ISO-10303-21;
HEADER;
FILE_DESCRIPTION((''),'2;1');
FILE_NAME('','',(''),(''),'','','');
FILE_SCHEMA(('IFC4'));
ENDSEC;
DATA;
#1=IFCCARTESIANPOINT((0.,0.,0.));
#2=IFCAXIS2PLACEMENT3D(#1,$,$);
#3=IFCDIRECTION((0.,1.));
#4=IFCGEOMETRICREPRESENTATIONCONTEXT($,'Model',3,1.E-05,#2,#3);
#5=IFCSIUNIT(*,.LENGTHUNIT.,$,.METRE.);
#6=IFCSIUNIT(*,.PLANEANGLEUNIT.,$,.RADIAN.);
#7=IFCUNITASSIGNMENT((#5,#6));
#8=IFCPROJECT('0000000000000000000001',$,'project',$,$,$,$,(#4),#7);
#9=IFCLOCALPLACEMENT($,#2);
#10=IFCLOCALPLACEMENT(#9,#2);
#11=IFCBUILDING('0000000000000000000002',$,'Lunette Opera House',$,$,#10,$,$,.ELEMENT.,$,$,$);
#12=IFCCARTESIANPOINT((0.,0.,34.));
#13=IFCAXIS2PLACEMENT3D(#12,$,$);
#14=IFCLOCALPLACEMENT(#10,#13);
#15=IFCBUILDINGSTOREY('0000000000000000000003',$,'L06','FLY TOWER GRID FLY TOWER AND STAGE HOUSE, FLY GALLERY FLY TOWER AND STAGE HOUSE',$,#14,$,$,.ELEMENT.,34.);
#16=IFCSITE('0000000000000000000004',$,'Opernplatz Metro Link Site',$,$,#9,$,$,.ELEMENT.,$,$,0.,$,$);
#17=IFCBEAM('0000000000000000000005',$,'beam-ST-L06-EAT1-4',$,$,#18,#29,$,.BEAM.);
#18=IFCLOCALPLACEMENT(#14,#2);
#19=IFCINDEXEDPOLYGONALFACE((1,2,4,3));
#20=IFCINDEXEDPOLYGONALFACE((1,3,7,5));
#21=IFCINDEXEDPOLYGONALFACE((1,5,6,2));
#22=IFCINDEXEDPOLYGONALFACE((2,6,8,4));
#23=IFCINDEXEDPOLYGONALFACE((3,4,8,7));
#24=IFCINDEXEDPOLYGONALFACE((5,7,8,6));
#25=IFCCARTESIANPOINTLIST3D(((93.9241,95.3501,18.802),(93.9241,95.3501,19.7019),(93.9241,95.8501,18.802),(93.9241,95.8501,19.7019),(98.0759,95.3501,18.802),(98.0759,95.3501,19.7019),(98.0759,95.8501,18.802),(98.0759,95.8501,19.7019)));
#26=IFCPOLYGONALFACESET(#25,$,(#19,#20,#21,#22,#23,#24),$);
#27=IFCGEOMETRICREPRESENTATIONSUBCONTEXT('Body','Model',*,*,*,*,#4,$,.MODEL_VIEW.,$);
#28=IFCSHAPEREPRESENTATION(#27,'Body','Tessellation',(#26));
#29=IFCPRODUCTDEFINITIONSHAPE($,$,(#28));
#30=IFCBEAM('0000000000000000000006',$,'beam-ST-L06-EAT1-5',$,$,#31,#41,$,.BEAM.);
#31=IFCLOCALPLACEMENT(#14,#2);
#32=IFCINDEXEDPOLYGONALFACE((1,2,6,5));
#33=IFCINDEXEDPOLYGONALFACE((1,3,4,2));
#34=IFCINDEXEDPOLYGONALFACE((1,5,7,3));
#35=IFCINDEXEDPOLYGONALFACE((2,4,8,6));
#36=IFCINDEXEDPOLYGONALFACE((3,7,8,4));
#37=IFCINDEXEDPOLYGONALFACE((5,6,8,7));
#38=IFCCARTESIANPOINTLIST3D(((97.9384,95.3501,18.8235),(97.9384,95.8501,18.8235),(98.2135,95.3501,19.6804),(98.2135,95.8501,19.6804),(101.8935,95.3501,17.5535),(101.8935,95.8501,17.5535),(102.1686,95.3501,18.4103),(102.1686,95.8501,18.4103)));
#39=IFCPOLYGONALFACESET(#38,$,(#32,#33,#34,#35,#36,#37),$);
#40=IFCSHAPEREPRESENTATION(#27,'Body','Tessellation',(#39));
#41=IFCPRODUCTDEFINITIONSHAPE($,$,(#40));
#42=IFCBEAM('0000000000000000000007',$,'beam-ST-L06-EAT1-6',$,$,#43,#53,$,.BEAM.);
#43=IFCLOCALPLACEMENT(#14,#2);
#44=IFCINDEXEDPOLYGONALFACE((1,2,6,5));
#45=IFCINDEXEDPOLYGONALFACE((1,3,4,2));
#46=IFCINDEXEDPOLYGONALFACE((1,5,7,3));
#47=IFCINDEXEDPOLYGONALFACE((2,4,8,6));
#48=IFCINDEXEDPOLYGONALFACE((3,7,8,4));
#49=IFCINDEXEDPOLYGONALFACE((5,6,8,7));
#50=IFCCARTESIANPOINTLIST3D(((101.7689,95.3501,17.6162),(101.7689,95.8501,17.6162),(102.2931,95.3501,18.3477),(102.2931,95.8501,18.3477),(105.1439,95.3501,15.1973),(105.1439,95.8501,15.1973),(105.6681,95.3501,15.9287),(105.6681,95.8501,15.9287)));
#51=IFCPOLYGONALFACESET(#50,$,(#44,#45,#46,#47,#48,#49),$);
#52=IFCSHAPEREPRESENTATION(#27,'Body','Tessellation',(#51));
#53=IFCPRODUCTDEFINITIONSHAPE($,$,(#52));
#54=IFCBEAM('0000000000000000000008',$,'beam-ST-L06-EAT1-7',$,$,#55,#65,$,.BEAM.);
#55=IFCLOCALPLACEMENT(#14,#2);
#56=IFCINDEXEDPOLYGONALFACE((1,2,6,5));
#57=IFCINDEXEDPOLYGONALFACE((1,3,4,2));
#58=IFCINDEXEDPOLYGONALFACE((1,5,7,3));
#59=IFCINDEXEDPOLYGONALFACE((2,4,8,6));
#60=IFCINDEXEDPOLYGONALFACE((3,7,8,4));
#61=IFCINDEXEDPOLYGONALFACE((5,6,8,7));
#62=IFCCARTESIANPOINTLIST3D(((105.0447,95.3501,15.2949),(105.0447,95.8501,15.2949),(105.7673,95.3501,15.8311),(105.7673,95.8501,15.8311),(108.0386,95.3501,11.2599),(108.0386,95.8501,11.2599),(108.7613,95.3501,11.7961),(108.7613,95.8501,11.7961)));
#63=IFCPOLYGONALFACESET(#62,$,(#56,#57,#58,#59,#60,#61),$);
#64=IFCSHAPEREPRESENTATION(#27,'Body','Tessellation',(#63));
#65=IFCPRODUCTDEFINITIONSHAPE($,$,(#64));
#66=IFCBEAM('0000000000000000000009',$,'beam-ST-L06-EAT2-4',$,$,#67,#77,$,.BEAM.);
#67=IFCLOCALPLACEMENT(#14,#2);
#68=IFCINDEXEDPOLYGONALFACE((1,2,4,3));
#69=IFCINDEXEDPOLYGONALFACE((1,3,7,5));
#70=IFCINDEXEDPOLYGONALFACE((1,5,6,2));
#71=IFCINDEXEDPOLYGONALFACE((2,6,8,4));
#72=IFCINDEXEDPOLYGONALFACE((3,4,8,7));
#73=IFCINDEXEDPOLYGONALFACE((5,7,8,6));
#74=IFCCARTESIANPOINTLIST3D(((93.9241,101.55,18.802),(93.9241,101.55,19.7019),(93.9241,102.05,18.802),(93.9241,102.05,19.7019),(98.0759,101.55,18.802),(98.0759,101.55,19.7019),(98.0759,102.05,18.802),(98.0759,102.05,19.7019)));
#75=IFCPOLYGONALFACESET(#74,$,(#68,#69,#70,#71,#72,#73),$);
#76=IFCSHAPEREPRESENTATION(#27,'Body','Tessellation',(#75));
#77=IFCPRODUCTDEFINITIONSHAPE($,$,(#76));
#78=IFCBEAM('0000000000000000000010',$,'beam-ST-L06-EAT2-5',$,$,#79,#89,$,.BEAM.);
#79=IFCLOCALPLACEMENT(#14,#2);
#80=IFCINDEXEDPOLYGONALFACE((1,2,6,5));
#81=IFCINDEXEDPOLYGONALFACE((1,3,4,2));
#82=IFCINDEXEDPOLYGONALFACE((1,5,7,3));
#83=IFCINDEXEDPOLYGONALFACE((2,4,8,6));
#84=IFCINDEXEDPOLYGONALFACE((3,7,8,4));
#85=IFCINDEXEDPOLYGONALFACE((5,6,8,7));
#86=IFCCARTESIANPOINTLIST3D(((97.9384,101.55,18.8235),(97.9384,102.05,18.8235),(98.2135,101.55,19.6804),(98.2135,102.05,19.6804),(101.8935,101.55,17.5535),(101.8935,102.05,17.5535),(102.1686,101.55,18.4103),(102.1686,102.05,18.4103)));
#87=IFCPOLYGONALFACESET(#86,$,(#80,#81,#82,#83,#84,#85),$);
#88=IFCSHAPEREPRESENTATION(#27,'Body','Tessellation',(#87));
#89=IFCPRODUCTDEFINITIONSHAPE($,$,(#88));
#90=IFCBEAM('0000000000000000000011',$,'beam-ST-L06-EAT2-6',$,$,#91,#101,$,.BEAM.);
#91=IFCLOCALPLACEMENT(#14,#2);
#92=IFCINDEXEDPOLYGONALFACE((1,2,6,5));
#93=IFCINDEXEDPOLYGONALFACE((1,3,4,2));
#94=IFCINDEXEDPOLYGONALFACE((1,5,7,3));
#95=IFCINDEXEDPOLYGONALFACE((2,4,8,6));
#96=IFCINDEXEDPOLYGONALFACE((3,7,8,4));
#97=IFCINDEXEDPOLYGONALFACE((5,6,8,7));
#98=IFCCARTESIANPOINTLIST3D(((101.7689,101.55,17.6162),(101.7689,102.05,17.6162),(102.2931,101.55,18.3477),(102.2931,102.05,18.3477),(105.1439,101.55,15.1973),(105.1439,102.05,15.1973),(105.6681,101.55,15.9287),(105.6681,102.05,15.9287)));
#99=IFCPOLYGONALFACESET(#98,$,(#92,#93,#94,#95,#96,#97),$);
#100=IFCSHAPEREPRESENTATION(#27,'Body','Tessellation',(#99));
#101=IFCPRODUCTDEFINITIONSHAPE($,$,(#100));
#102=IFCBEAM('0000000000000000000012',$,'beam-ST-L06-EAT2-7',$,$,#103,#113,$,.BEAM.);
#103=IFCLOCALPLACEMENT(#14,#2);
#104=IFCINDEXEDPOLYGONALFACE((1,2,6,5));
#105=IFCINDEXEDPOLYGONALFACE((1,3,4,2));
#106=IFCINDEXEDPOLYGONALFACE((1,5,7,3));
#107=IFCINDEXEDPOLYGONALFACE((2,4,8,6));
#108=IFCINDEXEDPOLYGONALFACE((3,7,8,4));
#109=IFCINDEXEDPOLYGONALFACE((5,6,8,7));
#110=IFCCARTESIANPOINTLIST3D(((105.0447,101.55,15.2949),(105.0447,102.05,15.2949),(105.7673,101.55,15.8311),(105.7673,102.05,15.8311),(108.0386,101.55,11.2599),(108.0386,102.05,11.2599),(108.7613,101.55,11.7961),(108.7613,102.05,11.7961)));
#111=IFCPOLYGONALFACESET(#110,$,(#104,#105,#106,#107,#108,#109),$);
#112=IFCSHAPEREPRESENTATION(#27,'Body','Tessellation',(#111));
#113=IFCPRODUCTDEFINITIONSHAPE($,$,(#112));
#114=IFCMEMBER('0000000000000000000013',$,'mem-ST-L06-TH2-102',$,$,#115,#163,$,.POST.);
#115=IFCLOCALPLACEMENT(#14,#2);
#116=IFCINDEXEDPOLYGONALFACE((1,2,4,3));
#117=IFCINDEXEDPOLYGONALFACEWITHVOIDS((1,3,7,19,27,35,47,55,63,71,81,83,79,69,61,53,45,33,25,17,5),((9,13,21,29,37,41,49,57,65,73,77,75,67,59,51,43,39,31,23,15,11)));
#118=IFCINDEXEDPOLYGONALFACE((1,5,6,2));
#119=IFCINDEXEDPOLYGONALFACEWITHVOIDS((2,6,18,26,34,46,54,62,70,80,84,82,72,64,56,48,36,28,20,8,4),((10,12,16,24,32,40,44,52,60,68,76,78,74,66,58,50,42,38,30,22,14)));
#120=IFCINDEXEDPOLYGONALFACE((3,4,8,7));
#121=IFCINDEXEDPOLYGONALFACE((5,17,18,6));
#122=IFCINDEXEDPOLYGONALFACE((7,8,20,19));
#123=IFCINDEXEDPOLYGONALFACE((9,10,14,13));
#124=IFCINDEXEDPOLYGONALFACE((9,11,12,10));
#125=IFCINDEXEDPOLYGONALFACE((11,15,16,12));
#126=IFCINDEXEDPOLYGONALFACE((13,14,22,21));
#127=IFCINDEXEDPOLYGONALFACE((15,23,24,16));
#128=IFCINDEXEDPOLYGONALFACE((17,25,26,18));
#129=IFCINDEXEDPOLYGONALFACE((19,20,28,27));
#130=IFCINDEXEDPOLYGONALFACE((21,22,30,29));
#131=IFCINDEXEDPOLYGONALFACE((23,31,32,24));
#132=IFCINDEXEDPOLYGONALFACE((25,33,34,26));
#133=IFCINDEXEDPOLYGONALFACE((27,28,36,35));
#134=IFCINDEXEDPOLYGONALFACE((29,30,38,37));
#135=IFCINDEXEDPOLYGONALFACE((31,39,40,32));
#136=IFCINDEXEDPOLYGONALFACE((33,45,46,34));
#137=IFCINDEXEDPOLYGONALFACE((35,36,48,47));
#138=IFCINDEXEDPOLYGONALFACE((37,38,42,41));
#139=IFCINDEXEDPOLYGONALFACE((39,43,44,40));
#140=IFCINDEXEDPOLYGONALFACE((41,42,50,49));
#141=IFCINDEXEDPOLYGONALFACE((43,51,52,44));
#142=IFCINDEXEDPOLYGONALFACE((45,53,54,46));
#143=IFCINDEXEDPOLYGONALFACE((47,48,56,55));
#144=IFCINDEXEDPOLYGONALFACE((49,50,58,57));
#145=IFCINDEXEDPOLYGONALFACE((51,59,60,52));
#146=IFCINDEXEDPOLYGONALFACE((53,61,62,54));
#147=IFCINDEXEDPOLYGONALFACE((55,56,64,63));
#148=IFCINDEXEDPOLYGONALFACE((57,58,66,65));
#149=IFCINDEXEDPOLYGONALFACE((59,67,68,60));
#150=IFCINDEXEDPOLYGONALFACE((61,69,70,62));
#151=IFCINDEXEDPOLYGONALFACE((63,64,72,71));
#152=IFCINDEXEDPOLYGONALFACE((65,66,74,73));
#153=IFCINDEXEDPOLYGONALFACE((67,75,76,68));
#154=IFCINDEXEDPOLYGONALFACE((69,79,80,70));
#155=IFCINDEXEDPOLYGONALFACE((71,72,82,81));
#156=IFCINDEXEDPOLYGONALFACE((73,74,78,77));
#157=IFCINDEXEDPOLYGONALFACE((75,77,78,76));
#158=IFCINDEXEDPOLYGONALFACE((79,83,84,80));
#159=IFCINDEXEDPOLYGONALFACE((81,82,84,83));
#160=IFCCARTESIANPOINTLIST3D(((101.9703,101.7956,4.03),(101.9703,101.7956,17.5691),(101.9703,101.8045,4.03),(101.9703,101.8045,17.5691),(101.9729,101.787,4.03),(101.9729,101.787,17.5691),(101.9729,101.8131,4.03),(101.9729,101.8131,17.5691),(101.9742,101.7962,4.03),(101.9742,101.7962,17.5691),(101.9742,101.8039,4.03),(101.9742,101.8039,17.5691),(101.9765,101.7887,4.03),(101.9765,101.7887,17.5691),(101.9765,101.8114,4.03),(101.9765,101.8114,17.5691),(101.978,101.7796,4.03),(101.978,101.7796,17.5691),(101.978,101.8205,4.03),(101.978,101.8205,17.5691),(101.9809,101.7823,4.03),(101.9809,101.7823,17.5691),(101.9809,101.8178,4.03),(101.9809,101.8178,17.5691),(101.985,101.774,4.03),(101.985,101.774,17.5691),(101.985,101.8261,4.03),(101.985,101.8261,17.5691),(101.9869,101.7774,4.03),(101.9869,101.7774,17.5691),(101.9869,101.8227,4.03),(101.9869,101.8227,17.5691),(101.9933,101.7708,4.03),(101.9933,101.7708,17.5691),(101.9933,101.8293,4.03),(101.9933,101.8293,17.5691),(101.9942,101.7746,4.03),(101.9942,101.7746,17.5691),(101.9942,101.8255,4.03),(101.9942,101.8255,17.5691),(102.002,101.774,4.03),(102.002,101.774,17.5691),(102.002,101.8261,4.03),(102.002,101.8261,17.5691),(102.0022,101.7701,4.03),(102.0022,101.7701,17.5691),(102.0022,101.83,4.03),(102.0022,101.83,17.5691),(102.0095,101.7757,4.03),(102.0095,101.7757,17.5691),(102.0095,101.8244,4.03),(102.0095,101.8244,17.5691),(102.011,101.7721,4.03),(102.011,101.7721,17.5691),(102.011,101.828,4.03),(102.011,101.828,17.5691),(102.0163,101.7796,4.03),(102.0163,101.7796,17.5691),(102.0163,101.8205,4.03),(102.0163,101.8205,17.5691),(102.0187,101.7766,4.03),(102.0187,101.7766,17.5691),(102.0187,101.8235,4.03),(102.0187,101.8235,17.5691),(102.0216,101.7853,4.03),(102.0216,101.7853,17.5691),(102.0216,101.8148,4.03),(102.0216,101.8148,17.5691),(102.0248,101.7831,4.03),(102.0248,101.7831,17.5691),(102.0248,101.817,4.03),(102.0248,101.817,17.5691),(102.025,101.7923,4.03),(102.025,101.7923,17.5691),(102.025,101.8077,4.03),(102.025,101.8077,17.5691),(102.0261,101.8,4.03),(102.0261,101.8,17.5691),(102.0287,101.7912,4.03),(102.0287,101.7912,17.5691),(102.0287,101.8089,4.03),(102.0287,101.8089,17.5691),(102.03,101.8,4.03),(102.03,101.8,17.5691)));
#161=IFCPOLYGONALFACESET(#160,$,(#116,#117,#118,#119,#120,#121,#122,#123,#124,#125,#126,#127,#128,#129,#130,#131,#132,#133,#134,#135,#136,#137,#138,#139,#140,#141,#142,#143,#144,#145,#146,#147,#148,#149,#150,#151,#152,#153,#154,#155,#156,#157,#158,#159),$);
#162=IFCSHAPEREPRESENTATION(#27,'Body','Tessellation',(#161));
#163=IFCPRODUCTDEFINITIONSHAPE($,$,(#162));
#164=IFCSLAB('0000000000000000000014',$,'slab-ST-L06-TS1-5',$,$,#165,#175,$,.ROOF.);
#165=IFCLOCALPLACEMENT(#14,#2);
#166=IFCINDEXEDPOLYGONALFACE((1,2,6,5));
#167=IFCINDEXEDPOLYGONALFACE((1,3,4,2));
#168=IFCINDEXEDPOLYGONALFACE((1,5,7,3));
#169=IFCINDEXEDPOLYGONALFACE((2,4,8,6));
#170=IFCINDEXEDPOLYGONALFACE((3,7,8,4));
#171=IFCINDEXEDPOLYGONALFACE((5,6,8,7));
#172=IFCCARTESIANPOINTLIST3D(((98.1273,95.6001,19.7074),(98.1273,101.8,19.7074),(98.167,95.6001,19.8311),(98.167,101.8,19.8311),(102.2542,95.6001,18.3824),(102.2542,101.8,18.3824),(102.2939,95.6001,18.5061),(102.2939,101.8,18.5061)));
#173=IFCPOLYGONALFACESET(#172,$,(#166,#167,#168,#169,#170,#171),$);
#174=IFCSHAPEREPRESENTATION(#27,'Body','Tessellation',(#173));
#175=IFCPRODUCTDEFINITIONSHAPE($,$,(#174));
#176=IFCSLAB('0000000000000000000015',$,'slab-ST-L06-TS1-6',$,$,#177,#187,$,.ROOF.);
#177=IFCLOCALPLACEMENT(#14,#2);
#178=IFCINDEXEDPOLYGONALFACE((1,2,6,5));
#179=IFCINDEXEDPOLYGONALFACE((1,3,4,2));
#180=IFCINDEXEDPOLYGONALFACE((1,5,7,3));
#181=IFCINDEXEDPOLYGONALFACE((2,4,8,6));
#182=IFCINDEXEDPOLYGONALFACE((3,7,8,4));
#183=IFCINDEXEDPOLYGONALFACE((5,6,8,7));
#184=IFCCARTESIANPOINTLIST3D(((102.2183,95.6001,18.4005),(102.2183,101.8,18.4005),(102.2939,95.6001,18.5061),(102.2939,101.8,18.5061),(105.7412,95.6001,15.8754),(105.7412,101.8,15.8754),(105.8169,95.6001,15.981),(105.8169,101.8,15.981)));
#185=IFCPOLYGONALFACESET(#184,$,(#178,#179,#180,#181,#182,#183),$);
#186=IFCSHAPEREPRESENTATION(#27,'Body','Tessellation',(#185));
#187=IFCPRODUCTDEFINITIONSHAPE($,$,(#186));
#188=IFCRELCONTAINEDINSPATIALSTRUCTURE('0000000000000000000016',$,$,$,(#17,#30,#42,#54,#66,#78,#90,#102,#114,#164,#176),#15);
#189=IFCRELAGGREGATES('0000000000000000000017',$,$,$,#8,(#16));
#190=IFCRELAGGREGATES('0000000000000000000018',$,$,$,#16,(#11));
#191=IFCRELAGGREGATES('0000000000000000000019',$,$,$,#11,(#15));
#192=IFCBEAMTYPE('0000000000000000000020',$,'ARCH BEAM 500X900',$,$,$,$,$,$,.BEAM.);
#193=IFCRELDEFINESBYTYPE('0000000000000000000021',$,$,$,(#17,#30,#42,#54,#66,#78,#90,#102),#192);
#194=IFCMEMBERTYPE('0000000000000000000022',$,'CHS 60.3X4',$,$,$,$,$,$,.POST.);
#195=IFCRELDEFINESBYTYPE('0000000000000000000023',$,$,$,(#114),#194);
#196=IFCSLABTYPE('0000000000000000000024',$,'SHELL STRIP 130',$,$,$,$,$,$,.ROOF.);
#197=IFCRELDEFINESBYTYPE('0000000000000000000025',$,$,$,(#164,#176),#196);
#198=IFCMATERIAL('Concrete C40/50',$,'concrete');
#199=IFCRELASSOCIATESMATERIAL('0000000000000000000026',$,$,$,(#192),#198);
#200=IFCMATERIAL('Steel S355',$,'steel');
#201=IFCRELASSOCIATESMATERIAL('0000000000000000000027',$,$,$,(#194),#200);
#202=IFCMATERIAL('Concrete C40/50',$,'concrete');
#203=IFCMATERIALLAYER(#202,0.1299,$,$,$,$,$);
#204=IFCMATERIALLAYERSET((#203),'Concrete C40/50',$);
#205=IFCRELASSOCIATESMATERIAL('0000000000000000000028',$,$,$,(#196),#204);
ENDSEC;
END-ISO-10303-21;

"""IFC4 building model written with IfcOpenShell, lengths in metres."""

from ifc_helpers import new_model, si_unit, direction, frame, origin, origin_2d, place, context, subcontext, project, spatial, polyline, rectangle, hollow_circle, outline, extrude, material, layer, layer_set, material_profile, profile_set, type_object, element, save


model = new_model("IFC4")

# Units and contexts
model_context = context("Model", 3, precision=1e-05, world=origin(), true_north=direction((0.0, 1.0)))
body_context = subcontext(model_context, "Body", "Model", "MODEL_VIEW")
ifc_project = project(units=[si_unit("LENGTHUNIT", "METRE"), si_unit("PLANEANGLEUNIT", "RADIAN")], contexts=[model_context])

# Site, building, storey
site_placement = place(None, origin())
site = spatial("IfcSite", under=ifc_project, at=site_placement, Name="Opernplatz Metro Link Site", CompositionType="ELEMENT", RefElevation=0.0)
building_placement = place(site_placement, origin())
building = spatial("IfcBuilding", under=site, at=building_placement, Name="Lunette Opera House", CompositionType="ELEMENT")
storey_placement = place(building_placement, frame((0.0, 0.0, 34.0)))
storey = spatial("IfcBuildingStorey", under=building, at=storey_placement, Name="L06", Description="FLY TOWER GRID FLY TOWER AND STAGE HOUSE, FLY GALLERY FLY TOWER AND STAGE HOUSE", CompositionType="ELEMENT", Elevation=34.0)

# Beams
ifc_material_1 = material(Name="Concrete C40/50", Category="concrete")
ifc_material_profile_1 = material_profile(ifc_material_1, rectangle(XDim=0.5, YDim=0.8999, at=origin_2d()), Name="ARCH BEAM 500X900")
ifc_profile_set_1 = profile_set([ifc_material_profile_1], Name="Concrete C40/50")
beam_type = type_object("IfcBeamType", Name="ARCH BEAM 500X900", PredefinedType="BEAM", material=ifc_profile_set_1)
beam_1_placement = place(storey_placement, frame((93.9241, 95.6001, 19.252), z_axis=(1.0, 0.0, 0.0), x_axis=(0.0, 1.0, 0.0)))
element("IfcBeam", 1, at=beam_1_placement, inside=storey, type_object=beam_type, Name="beam-ST-L06-EAT1-4", PredefinedType="BEAM", context=body_context, shape_type="SweptSolid", body=[
    extrude(rectangle(XDim=0.5, YDim=0.8999, at=origin_2d()), origin(), (0.0, 0.0, 1.0), 4.1519),
])
beam_2_placement = place(storey_placement, frame((98.0759, 95.6001, 19.252), z_axis=(0.952117, 0.0, -0.305735), x_axis=(0.0, 1.0, 0.0)))
element("IfcBeam", 2, at=beam_2_placement, inside=storey, type_object=beam_type, Name="beam-ST-L06-EAT1-5", PredefinedType="BEAM", context=body_context, shape_type="SweptSolid", body=[
    extrude(rectangle(XDim=0.5, YDim=0.8999, at=origin_2d()), origin(), (0.0, 0.0, 1.0), 4.1541),
])
beam_3_placement = place(storey_placement, frame((102.031, 95.6001, 17.9819), z_axis=(0.812795, 0.0, -0.58255), x_axis=(0.0, 1.0, 0.0)))
element("IfcBeam", 3, at=beam_3_placement, inside=storey, type_object=beam_type, Name="beam-ST-L06-EAT1-6", PredefinedType="BEAM", context=body_context, shape_type="SweptSolid", body=[
    extrude(rectangle(XDim=0.5, YDim=0.8999, at=origin_2d()), origin(), (0.0, 0.0, 1.0), 4.1523),
])
beam_4_placement = place(storey_placement, frame((105.406, 95.6001, 15.563), z_axis=(0.595879, 0.0, -0.803074), x_axis=(0.0, 1.0, 0.0)))
element("IfcBeam", 4, at=beam_4_placement, inside=storey, type_object=beam_type, Name="beam-ST-L06-EAT1-7", PredefinedType="BEAM", context=body_context, shape_type="SweptSolid", body=[
    extrude(rectangle(XDim=0.5, YDim=0.8999, at=origin_2d()), origin(), (0.0, 0.0, 1.0), 5.0244),
])
beam_5_placement = place(storey_placement, frame((93.9241, 101.8, 19.252), z_axis=(1.0, 0.0, 0.0), x_axis=(0.0, 1.0, 0.0)))
element("IfcBeam", 5, at=beam_5_placement, inside=storey, type_object=beam_type, Name="beam-ST-L06-EAT2-4", PredefinedType="BEAM", context=body_context, shape_type="SweptSolid", body=[
    extrude(rectangle(XDim=0.5, YDim=0.8999, at=origin_2d()), origin(), (0.0, 0.0, 1.0), 4.1519),
])
beam_6_placement = place(storey_placement, frame((98.0759, 101.8, 19.252), z_axis=(0.952117, 0.0, -0.305735), x_axis=(0.0, 1.0, 0.0)))
element("IfcBeam", 6, at=beam_6_placement, inside=storey, type_object=beam_type, Name="beam-ST-L06-EAT2-5", PredefinedType="BEAM", context=body_context, shape_type="SweptSolid", body=[
    extrude(rectangle(XDim=0.5, YDim=0.8999, at=origin_2d()), origin(), (0.0, 0.0, 1.0), 4.1541),
])
beam_7_placement = place(storey_placement, frame((102.031, 101.8, 17.9819), z_axis=(0.812795, 0.0, -0.58255), x_axis=(0.0, 1.0, 0.0)))
element("IfcBeam", 7, at=beam_7_placement, inside=storey, type_object=beam_type, Name="beam-ST-L06-EAT2-6", PredefinedType="BEAM", context=body_context, shape_type="SweptSolid", body=[
    extrude(rectangle(XDim=0.5, YDim=0.8999, at=origin_2d()), origin(), (0.0, 0.0, 1.0), 4.1523),
])
beam_8_placement = place(storey_placement, frame((105.406, 101.8, 15.563), z_axis=(0.595879, 0.0, -0.803074), x_axis=(0.0, 1.0, 0.0)))
element("IfcBeam", 8, at=beam_8_placement, inside=storey, type_object=beam_type, Name="beam-ST-L06-EAT2-7", PredefinedType="BEAM", context=body_context, shape_type="SweptSolid", body=[
    extrude(rectangle(XDim=0.5, YDim=0.8999, at=origin_2d()), origin(), (0.0, 0.0, 1.0), 5.0244),
])

# Member
ifc_material_2 = material(Name="Steel S355", Category="steel")
ifc_material_profile_2 = material_profile(ifc_material_2, hollow_circle(Radius=0.03, WallThickness=0.0039, at=origin_2d()), Name="CHS 60.3X4")
ifc_profile_set_2 = profile_set([ifc_material_profile_2], Name="Steel S355")
member_type = type_object("IfcMemberType", Name="CHS 60.3X4", PredefinedType="POST", material=ifc_profile_set_2)
member_placement = place(storey_placement, frame((102.0, 101.8, 4.03), z_axis=(0.0, 0.0, 1.0), x_axis=(1.0, 0.0, 0.0)))
element("IfcMember", 9, at=member_placement, inside=storey, type_object=member_type, Name="mem-ST-L06-TH2-102", PredefinedType="POST", context=body_context, shape_type="SweptSolid", body=[
    extrude(hollow_circle(Radius=0.03, WallThickness=0.0039, at=origin_2d()), origin(), (0.0, 0.0, 1.0), 13.5391),
])

# Slabs
ifc_material_3 = material(Name="Concrete C40/50", Category="concrete")
ifc_layer_1 = layer(ifc_material_3, 0.1299)
ifc_layer_set_1 = layer_set([ifc_layer_1], Name="Concrete C40/50")
slab_type = type_object("IfcSlabType", Name="SHELL STRIP 130", PredefinedType="ROOF", material=ifc_layer_set_1)
slab_1_placement = place(storey_placement, frame((98.167, 95.6001, 19.8311), z_axis=(0.305681, 0.0, 0.952134), x_axis=(0.952134, 0.0, -0.305681)))
element("IfcSlab", 10, at=slab_1_placement, inside=storey, type_object=slab_type, Name="slab-ST-L06-TS1-5", PredefinedType="ROOF", context=body_context, shape_type="SweptSolid", body=[
    extrude(outline(polyline([(0.0, 0.0), (4.3344, 0.0), (4.3344, 6.2), (0.0, 6.2), (0.0, 0.0)])), origin(), (0.0, 0.0, -1.0), 0.1299),
])
slab_2_placement = place(storey_placement, frame((102.2939, 95.6001, 18.5061), z_axis=(0.582575, 0.0, 0.812777), x_axis=(0.812777, 0.0, -0.582575)))
element("IfcSlab", 11, at=slab_2_placement, inside=storey, type_object=slab_type, Name="slab-ST-L06-TS1-6", PredefinedType="ROOF", context=body_context, shape_type="SweptSolid", body=[
    extrude(outline(polyline([(0.0, 0.0), (4.3345, 0.0), (4.3345, 6.2), (0.0, 6.2), (0.0, 0.0)])), origin(), (0.0, 0.0, -1.0), 0.1299),
])

save(model, "model.ifc")
